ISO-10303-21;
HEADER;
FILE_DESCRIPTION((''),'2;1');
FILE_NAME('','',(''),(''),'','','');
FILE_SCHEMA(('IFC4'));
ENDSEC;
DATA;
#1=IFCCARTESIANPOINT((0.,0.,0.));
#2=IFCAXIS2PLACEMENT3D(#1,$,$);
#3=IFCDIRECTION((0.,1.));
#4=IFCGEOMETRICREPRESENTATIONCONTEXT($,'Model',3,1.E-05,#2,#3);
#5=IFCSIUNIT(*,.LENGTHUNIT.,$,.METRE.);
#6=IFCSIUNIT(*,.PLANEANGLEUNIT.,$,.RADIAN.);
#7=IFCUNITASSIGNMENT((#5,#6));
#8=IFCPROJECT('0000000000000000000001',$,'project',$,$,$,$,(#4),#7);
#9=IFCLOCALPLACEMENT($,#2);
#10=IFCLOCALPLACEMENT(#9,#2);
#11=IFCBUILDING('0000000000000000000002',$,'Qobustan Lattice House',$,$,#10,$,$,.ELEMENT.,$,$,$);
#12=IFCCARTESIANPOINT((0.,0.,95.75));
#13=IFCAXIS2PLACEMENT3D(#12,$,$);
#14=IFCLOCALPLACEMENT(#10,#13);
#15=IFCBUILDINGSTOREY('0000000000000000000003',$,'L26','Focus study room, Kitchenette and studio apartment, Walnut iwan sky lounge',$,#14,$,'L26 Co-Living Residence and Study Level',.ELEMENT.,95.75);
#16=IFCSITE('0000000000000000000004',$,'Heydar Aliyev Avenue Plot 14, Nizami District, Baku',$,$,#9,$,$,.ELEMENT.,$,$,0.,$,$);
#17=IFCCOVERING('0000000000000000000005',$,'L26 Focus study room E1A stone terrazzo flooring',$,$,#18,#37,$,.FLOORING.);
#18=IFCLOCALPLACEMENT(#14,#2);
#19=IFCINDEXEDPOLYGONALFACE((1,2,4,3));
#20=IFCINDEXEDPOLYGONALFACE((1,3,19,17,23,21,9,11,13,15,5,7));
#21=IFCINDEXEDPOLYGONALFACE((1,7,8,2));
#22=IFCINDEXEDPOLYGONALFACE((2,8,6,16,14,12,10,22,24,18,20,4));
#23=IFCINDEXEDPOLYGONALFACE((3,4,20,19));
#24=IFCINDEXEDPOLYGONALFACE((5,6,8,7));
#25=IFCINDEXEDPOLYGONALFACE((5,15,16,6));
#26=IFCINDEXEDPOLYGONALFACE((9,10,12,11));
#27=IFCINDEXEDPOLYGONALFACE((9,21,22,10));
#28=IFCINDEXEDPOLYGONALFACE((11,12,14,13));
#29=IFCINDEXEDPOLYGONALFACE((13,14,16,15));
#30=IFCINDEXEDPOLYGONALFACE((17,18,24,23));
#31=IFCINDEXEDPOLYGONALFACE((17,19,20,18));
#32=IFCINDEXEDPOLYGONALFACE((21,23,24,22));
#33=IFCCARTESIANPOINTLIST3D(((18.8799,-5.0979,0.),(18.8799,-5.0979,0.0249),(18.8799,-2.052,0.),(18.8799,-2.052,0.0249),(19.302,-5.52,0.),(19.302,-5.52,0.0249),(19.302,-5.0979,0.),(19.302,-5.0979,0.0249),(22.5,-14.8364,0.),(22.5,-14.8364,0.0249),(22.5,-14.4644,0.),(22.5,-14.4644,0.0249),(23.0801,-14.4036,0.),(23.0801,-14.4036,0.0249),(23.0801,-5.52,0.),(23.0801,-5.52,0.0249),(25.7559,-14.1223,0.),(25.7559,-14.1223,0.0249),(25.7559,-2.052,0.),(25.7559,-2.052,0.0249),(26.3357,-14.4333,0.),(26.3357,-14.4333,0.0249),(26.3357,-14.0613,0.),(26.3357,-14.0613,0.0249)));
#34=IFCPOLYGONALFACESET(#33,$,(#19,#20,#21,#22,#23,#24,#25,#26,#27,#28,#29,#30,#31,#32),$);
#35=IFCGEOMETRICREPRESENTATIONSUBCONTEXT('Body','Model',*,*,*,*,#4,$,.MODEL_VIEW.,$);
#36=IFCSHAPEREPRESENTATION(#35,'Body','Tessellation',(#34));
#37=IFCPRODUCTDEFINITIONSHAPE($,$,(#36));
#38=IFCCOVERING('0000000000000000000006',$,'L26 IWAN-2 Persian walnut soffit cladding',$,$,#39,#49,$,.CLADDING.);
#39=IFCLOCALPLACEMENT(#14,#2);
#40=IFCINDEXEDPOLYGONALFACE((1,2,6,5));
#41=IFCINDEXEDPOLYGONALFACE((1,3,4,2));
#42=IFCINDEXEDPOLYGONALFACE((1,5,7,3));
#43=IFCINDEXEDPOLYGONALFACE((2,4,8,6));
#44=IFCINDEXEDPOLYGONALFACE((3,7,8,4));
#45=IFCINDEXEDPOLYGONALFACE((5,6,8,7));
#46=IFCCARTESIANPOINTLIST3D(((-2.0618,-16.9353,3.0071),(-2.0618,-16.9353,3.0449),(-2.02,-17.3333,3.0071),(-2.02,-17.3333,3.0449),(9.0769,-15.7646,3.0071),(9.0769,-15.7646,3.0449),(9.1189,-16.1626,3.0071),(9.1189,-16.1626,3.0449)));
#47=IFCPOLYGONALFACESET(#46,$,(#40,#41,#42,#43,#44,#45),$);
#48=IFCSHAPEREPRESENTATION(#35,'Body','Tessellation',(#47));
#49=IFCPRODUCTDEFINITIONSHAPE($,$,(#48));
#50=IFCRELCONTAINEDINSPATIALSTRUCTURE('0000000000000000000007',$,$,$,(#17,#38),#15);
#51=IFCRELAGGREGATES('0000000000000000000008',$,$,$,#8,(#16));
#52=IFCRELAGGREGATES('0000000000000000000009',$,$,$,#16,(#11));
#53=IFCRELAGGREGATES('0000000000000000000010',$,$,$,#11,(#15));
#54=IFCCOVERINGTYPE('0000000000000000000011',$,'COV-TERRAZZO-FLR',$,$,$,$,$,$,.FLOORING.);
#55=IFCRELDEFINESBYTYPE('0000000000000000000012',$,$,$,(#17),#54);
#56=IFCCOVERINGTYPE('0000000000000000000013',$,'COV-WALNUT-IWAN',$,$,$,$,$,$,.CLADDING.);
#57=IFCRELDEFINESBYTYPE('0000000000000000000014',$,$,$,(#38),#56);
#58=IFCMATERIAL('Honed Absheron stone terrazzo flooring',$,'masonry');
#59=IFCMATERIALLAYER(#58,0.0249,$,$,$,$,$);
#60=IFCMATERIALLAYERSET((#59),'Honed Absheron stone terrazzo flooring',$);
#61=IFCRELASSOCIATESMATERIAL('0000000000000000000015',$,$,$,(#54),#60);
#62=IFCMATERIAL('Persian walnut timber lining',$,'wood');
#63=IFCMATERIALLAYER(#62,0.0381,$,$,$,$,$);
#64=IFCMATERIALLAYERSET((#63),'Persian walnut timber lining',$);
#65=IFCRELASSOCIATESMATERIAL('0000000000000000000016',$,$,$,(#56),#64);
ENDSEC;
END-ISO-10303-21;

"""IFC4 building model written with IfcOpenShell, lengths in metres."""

from ifc_helpers import new_model, si_unit, direction, frame, origin, place, context, subcontext, project, spatial, polyline, outline, extrude, material, layer, layer_set, type_object, element, save


model = new_model("IFC4")

# Units and contexts
model_context = context("Model", 3, precision=1e-05, world=origin(), true_north=direction((0.0, 1.0)))
body_context = subcontext(model_context, "Body", "Model", "MODEL_VIEW")
ifc_project = project(units=[si_unit("LENGTHUNIT", "METRE"), si_unit("PLANEANGLEUNIT", "RADIAN")], contexts=[model_context])

# Site, building, storey
site_placement = place(None, origin())
site = spatial("IfcSite", under=ifc_project, at=site_placement, Name="Heydar Aliyev Avenue Plot 14, Nizami District, Baku", CompositionType="ELEMENT", RefElevation=0.0)
building_placement = place(site_placement, origin())
building = spatial("IfcBuilding", under=site, at=building_placement, Name="Qobustan Lattice House", CompositionType="ELEMENT")
storey_placement = place(building_placement, frame((0.0, 0.0, 95.75)))
storey = spatial("IfcBuildingStorey", under=building, at=storey_placement, Name="L26", Description="Focus study room, Kitchenette and studio apartment, Walnut iwan sky lounge", LongName="L26 Co-Living Residence and Study Level", CompositionType="ELEMENT", Elevation=95.75)

# Coverings
ifc_material_1 = material(Name="Honed Absheron stone terrazzo flooring", Category="masonry")
ifc_layer_1 = layer(ifc_material_1, 0.0249)
ifc_layer_set_1 = layer_set([ifc_layer_1], Name="Honed Absheron stone terrazzo flooring")
covering_type_1 = type_object("IfcCoveringType", Name="COV-TERRAZZO-FLR", PredefinedType="FLOORING", material=ifc_layer_set_1)
covering_1_placement = place(storey_placement, origin())
element("IfcCovering", 1, at=covering_1_placement, inside=storey, type_object=covering_type_1, Name="L26 Focus study room E1A stone terrazzo flooring", PredefinedType="FLOORING", context=body_context, shape_type="SweptSolid", body=[
    extrude(outline(polyline([(26.3357, -14.4333), (26.3357, -14.0613), (25.7559, -14.1223), (25.7559, -2.052), (18.8799, -2.052), (18.8799, -5.0979), (19.302, -5.0979), (19.302, -5.52), (23.0801, -5.52), (23.0801, -14.4036), (22.5, -14.4644), (22.5, -14.8364), (26.3357, -14.4333)])), origin(), (0.0, 0.0, 1.0), 0.0249),
])
ifc_material_2 = material(Name="Persian walnut timber lining", Category="wood")
ifc_layer_2 = layer(ifc_material_2, 0.0381)
ifc_layer_set_2 = layer_set([ifc_layer_2], Name="Persian walnut timber lining")
covering_type_2 = type_object("IfcCoveringType", Name="COV-WALNUT-IWAN", PredefinedType="CLADDING", material=ifc_layer_set_2)
covering_2_placement = place(storey_placement, frame((0.0, 0.0, 3.0071)))
element("IfcCovering", 2, at=covering_2_placement, inside=storey, type_object=covering_type_2, Name="L26 IWAN-2 Persian walnut soffit cladding", PredefinedType="CLADDING", context=body_context, shape_type="SweptSolid", body=[
    extrude(outline(polyline([(9.1189, -16.1626), (-2.02, -17.3333), (-2.0618, -16.9353), (9.0769, -15.7646), (9.1189, -16.1626)])), origin(), (0.0, 0.0, 1.0), 0.0378),
])

save(model, "model.ifc")
